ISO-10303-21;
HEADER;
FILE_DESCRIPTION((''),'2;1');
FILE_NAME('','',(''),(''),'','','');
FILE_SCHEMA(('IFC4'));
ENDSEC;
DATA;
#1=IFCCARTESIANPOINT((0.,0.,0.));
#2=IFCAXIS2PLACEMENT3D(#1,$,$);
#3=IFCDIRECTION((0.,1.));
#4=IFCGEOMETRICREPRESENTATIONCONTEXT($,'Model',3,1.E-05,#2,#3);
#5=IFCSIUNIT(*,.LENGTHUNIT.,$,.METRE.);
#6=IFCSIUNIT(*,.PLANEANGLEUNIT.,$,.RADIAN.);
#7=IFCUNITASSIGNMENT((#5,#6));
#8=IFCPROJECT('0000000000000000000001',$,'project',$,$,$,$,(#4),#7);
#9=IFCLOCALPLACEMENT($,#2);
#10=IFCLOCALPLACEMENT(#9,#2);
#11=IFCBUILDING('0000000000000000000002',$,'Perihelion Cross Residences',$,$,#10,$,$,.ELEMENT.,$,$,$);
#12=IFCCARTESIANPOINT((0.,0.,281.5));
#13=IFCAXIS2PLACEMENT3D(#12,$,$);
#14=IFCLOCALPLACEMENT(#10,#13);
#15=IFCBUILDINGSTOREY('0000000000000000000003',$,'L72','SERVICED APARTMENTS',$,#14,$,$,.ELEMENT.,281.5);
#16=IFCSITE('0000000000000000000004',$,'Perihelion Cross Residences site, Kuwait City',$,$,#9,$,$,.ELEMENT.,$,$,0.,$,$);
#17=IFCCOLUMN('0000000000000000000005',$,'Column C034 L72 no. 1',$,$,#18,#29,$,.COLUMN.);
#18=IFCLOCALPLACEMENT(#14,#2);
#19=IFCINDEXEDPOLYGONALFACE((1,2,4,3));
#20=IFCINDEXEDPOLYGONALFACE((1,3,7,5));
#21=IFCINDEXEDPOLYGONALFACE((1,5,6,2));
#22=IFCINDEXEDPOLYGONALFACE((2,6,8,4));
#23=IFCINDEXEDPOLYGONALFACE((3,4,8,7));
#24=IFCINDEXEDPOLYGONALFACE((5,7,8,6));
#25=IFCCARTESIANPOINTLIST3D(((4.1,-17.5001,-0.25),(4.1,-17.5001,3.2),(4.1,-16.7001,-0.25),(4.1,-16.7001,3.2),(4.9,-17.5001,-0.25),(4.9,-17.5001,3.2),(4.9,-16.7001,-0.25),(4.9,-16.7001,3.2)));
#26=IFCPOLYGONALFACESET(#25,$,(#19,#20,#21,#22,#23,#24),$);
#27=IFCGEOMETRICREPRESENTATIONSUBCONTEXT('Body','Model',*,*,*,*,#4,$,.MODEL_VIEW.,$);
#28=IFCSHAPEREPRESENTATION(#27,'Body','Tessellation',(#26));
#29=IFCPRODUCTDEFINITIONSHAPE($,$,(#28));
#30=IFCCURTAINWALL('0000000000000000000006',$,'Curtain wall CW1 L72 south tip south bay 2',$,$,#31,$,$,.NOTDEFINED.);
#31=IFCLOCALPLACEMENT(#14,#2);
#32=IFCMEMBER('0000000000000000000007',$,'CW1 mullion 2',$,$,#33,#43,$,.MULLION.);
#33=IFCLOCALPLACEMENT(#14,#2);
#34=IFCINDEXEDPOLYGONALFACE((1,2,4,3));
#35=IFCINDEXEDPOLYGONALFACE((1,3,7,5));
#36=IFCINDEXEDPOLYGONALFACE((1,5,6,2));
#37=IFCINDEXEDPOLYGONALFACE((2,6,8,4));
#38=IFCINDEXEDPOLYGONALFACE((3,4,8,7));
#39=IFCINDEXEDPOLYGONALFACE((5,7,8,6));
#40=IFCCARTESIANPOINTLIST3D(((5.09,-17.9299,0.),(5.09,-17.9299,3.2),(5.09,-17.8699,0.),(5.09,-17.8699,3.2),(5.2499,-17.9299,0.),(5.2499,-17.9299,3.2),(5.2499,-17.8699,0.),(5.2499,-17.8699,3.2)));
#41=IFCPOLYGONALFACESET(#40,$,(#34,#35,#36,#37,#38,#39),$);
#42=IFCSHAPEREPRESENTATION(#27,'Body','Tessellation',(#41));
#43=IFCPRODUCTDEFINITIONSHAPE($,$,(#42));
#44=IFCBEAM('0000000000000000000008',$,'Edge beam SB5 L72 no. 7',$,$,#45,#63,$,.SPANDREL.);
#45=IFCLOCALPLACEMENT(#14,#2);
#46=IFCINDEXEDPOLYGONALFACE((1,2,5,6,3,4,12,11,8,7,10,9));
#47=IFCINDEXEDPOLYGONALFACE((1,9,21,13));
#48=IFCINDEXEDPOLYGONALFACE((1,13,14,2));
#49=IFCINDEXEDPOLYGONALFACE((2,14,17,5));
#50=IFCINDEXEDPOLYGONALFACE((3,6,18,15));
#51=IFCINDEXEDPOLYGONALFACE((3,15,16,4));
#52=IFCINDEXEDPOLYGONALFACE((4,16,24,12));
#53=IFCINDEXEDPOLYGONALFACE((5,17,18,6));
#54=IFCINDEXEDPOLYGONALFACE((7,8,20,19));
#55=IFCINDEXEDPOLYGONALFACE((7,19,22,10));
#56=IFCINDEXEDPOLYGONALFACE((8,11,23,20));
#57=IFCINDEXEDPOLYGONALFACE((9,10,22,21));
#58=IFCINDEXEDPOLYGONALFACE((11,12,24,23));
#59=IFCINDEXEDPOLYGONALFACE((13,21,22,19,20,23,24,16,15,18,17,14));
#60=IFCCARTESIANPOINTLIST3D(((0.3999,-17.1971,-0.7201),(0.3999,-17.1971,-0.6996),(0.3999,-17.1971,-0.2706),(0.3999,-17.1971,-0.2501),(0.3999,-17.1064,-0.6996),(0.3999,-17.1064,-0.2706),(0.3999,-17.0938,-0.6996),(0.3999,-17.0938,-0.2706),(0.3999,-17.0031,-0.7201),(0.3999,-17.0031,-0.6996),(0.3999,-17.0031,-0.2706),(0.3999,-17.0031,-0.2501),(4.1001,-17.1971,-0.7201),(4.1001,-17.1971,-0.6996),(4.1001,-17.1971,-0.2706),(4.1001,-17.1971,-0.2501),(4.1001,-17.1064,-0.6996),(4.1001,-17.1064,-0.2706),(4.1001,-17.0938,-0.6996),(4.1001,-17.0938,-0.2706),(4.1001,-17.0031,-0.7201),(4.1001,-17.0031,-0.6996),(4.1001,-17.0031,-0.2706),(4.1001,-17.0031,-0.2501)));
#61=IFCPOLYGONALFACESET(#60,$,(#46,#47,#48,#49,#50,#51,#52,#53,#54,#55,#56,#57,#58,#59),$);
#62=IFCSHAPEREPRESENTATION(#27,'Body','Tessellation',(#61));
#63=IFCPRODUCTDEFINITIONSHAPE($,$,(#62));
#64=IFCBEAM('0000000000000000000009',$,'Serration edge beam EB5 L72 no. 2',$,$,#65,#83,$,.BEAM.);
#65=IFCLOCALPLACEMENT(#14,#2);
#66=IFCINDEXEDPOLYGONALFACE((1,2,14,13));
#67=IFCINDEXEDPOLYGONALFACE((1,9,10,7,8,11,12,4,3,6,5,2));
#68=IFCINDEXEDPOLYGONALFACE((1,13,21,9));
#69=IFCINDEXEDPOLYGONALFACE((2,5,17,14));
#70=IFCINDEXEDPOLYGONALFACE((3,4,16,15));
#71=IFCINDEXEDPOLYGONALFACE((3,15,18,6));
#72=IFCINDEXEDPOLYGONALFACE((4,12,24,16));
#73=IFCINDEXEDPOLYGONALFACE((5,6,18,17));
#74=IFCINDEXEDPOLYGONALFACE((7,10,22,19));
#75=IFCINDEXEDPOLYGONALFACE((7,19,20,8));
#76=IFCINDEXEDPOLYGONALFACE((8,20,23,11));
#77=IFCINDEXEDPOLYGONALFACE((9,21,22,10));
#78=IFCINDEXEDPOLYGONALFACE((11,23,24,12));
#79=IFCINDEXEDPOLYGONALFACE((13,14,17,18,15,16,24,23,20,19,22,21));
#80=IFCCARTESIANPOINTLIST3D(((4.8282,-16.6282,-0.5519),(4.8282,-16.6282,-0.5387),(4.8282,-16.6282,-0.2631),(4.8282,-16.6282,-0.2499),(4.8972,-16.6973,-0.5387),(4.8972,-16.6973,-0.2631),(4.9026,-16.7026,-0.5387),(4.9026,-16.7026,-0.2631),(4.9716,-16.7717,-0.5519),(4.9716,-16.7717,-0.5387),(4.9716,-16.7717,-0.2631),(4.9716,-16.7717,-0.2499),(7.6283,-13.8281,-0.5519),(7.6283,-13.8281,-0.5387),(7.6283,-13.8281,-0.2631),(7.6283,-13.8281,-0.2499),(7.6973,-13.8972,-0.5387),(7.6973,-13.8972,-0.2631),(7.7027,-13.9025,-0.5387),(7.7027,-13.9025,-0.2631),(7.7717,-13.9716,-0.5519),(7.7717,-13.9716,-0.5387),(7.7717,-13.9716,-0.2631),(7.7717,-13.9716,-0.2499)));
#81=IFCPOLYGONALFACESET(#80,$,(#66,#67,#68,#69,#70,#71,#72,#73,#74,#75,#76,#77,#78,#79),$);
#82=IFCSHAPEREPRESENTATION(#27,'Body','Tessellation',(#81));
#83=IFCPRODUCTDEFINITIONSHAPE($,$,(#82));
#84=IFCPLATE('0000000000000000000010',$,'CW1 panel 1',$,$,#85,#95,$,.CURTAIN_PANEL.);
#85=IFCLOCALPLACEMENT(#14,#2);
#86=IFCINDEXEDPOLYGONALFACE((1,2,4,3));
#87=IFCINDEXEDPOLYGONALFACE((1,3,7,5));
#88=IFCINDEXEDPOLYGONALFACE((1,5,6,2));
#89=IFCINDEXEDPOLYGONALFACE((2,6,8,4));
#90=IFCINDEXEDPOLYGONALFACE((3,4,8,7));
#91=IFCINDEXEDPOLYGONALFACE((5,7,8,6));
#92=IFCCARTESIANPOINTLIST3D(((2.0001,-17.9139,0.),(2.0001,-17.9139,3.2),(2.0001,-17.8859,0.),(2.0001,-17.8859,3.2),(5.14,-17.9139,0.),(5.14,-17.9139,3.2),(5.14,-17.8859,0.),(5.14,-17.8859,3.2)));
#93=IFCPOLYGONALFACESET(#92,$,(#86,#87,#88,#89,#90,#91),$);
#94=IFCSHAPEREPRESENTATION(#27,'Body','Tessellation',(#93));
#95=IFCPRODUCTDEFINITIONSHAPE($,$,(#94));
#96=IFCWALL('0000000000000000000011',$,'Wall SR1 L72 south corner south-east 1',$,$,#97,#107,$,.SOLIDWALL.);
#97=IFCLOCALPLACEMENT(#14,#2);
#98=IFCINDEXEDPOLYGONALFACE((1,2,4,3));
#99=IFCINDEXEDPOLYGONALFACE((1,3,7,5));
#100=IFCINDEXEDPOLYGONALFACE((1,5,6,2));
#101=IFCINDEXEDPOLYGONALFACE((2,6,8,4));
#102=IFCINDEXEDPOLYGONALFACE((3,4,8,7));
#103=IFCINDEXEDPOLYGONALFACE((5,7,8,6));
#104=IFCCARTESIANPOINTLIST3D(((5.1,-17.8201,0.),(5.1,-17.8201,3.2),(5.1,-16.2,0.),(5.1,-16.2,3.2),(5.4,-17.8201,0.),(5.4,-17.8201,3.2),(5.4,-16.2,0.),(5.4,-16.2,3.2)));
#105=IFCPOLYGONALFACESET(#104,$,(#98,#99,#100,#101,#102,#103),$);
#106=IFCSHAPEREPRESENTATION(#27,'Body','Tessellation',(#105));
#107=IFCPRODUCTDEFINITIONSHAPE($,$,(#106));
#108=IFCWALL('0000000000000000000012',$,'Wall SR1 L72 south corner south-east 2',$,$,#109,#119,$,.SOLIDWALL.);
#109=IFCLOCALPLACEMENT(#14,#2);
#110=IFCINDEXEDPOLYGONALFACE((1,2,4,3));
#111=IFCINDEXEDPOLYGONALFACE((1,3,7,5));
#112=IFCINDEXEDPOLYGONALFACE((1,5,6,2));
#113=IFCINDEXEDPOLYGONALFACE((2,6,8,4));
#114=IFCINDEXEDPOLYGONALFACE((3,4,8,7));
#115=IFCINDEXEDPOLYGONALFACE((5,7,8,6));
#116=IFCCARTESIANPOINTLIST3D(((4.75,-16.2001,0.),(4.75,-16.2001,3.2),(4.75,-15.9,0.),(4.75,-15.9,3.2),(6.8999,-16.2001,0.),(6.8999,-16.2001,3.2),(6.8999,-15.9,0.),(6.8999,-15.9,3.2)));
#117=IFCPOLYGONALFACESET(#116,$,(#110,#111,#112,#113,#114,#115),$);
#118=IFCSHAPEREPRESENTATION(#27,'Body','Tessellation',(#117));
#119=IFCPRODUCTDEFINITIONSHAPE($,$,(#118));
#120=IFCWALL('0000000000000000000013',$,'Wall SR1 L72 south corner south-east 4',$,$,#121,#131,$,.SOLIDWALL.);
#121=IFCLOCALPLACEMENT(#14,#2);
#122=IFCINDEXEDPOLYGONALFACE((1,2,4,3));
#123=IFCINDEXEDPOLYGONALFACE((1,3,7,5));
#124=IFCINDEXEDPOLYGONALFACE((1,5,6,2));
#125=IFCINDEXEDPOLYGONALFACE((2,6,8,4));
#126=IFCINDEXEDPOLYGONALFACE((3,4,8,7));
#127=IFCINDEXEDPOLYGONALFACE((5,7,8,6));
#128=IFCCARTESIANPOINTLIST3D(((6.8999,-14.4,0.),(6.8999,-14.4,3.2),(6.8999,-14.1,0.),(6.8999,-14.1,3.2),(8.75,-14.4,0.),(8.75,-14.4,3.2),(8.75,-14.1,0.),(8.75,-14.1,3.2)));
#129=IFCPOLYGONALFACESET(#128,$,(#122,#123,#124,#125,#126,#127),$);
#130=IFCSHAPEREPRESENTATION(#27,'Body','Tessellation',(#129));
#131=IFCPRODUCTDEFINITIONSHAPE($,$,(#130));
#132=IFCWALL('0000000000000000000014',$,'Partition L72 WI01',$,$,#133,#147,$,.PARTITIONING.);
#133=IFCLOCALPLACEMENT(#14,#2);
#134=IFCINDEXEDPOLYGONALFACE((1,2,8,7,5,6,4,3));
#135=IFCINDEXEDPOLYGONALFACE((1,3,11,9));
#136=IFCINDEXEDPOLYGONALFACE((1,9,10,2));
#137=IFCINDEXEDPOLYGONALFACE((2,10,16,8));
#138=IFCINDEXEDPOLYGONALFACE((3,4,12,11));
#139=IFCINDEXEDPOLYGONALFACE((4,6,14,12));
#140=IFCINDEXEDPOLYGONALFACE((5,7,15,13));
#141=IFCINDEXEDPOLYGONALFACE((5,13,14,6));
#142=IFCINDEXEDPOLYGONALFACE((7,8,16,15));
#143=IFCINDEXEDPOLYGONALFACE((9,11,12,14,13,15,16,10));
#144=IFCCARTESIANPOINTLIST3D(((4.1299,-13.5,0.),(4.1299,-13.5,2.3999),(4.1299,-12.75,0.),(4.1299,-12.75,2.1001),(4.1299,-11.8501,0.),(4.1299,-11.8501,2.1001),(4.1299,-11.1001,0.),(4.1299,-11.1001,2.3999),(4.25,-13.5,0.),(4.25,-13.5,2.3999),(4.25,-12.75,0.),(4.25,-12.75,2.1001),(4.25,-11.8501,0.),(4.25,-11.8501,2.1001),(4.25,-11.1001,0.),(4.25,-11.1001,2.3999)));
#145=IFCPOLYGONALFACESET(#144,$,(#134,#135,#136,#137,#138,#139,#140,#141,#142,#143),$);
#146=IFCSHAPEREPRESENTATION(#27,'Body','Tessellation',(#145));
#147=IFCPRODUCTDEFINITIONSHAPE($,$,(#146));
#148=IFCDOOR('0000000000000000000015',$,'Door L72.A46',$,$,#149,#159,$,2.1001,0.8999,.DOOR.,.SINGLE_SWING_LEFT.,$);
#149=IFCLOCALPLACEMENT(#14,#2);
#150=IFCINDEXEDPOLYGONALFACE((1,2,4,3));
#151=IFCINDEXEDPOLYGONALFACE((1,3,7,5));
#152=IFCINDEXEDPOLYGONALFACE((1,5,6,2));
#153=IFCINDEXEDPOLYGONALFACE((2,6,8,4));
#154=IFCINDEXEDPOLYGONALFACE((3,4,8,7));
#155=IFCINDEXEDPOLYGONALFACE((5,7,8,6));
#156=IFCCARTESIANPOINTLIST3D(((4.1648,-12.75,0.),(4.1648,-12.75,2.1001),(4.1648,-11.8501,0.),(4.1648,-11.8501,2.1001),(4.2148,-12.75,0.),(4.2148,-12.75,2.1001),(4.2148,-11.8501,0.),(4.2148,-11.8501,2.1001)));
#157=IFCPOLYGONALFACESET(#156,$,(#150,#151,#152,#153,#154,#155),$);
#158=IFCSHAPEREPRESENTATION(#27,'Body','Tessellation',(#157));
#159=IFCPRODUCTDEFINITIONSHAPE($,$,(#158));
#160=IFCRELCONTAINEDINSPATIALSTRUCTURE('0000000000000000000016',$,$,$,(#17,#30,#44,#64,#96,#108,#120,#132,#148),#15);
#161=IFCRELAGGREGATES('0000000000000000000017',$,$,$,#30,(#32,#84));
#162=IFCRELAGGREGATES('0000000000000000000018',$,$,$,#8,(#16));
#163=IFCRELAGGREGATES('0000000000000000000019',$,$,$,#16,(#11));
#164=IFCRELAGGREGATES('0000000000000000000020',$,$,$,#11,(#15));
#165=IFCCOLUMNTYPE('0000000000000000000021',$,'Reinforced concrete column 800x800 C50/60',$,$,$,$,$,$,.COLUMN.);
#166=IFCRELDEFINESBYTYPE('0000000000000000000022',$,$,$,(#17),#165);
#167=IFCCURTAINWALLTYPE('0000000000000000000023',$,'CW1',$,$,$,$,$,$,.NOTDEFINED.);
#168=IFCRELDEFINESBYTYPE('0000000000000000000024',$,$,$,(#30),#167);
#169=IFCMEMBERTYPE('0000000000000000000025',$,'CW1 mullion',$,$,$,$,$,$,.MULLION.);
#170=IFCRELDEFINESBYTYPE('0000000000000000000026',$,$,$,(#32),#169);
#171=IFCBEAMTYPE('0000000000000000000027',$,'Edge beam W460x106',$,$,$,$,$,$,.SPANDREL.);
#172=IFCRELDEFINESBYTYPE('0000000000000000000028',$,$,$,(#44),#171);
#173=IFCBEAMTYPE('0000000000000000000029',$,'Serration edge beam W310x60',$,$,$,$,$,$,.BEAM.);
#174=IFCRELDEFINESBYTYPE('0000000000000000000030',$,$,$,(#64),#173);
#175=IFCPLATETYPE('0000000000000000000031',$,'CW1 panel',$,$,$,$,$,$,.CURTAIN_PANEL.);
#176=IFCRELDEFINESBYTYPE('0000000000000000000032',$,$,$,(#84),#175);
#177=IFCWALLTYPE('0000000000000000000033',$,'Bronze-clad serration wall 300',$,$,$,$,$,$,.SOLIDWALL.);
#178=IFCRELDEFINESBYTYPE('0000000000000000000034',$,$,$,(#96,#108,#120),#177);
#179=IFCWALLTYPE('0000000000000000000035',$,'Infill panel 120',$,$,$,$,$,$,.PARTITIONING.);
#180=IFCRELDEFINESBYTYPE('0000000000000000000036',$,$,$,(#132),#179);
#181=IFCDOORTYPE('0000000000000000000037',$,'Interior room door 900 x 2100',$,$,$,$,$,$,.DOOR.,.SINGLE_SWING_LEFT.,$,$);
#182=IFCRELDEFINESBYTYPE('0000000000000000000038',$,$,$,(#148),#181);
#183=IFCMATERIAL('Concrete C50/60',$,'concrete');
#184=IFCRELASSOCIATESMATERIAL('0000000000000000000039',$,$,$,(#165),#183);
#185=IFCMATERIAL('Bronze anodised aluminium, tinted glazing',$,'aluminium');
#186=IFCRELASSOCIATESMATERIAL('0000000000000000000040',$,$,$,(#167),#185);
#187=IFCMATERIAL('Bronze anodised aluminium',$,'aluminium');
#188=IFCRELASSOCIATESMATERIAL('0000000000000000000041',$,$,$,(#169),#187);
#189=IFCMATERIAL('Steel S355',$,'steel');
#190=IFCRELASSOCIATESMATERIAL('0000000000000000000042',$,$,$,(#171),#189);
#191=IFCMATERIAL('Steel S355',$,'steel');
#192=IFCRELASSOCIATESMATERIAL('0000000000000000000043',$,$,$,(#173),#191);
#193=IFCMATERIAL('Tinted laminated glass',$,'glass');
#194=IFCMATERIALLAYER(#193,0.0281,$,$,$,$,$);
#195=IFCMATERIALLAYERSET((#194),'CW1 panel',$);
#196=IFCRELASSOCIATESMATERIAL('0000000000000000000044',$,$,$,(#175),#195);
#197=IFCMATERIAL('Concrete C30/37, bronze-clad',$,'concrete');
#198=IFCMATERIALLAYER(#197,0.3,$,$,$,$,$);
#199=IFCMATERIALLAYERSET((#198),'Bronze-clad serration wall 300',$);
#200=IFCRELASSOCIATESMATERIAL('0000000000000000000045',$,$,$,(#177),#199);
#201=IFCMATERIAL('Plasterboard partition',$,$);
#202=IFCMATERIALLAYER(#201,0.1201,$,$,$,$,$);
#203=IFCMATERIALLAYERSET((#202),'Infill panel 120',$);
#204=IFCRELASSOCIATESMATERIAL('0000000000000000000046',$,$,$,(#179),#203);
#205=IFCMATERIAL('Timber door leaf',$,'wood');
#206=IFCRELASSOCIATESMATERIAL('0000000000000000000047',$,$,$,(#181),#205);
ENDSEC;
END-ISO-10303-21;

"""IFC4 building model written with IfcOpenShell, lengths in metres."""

from ifc_helpers import new_model, si_unit, direction, frame, frame_2d, origin, origin_2d, place, context, subcontext, project, spatial, rectangle, i_section, extrude, material, layer, layer_set, material_profile, profile_set, type_object, element, fill, aggregate, save


model = new_model("IFC4")

# Units and contexts
model_context = context("Model", 3, precision=1e-05, world=origin(), true_north=direction((0.0, 1.0)))
body_context = subcontext(model_context, "Body", "Model", "MODEL_VIEW")
ifc_project = project(units=[si_unit("LENGTHUNIT", "METRE"), si_unit("PLANEANGLEUNIT", "RADIAN")], contexts=[model_context])

# Site, building, storey
site_placement = place(None, origin())
site = spatial("IfcSite", under=ifc_project, at=site_placement, Name="Perihelion Cross Residences site, Kuwait City", CompositionType="ELEMENT", RefElevation=0.0)
building_placement = place(site_placement, origin())
building = spatial("IfcBuilding", under=site, at=building_placement, Name="Perihelion Cross Residences", CompositionType="ELEMENT")
storey_placement = place(building_placement, frame((0.0, 0.0, 281.5)))
storey = spatial("IfcBuildingStorey", under=building, at=storey_placement, Name="L72", Description="SERVICED APARTMENTS", CompositionType="ELEMENT", Elevation=281.5)

# Column
ifc_material_1 = material(Name="Concrete C50/60", Category="concrete")
ifc_material_profile_1 = material_profile(ifc_material_1, rectangle(XDim=0.8, YDim=0.8, at=origin_2d()), Name="RC 800x800")
ifc_profile_set_1 = profile_set([ifc_material_profile_1], Name="Concrete C50/60")
column_type = type_object("IfcColumnType", Name="Reinforced concrete column 800x800 C50/60", PredefinedType="COLUMN", material=ifc_profile_set_1)
column_placement = place(storey_placement, frame((4.5, -17.1001, -0.25), z_axis=(0.0, 0.0, 1.0), x_axis=(1.0, 0.0, 0.0)))
element("IfcColumn", 1, at=column_placement, inside=storey, type_object=column_type, Name="Column C034 L72 no. 1", PredefinedType="COLUMN", context=body_context, shape_type="SweptSolid", body=[
    extrude(rectangle(XDim=0.8, YDim=0.8, at=origin_2d()), origin(), (0.0, 0.0, 1.0), 3.45),
])

# Curtain wall, member
ifc_material_2 = material(Name="Bronze anodised aluminium, tinted glazing", Category="aluminium")
curtain_wall_type = type_object("IfcCurtainWallType", Name="CW1", PredefinedType="NOTDEFINED", material=ifc_material_2)
curtain_wall_placement = place(storey_placement, origin())
curtain_wall = element("IfcCurtainWall", 2, at=curtain_wall_placement, inside=storey, type_object=curtain_wall_type, Name="Curtain wall CW1 L72 south tip south bay 2", PredefinedType="NOTDEFINED")
ifc_material_3 = material(Name="Bronze anodised aluminium", Category="aluminium")
ifc_material_profile_2 = material_profile(ifc_material_3, rectangle(XDim=0.0601, YDim=0.1599, at=origin_2d()), Name="CW1 mullion")
ifc_profile_set_2 = profile_set([ifc_material_profile_2], Name="Bronze anodised aluminium")
member_type = type_object("IfcMemberType", Name="CW1 mullion", PredefinedType="MULLION", material=ifc_profile_set_2)
member_placement = place(storey_placement, frame((5.1699, -17.8999, 0.0), z_axis=(0.0, 0.0, 1.0), x_axis=(0.0, 1.0, 0.0)))
member = element("IfcMember", 3, at=member_placement, type_object=member_type, Name="CW1 mullion 2", PredefinedType="MULLION", context=body_context, shape_type="SweptSolid", body=[
    extrude(rectangle(XDim=0.0601, YDim=0.1599, at=origin_2d()), origin(), (0.0, 0.0, 1.0), 3.2),
])

# Beams
ifc_material_4 = material(Name="Steel S355", Category="steel")
ifc_material_profile_3 = material_profile(ifc_material_4, i_section(OverallWidth=0.1941, OverallDepth=0.47, WebThickness=0.0127, FlangeThickness=0.0205, at=origin_2d()), Name="W460x106")
ifc_profile_set_3 = profile_set([ifc_material_profile_3], Name="Steel S355")
beam_type_1 = type_object("IfcBeamType", Name="Edge beam W460x106", PredefinedType="SPANDREL", material=ifc_profile_set_3)
beam_1_placement = place(storey_placement, frame((0.3999, -17.1001, -0.4851), z_axis=(1.0, 0.0, 0.0), x_axis=(0.0, 1.0, 0.0)))
element("IfcBeam", 4, at=beam_1_placement, inside=storey, type_object=beam_type_1, Name="Edge beam SB5 L72 no. 7", PredefinedType="SPANDREL", context=body_context, shape_type="SweptSolid", body=[
    extrude(i_section(OverallWidth=0.1941, OverallDepth=0.47, WebThickness=0.0127, FlangeThickness=0.0205, at=origin_2d()), origin(), (0.0, 0.0, 1.0), 3.7002),
])
ifc_material_5 = material(Name="Steel S355", Category="steel")
ifc_material_profile_4 = material_profile(ifc_material_5, i_section(OverallWidth=0.2029, OverallDepth=0.302, WebThickness=0.0076, FlangeThickness=0.0132, at=origin_2d()), Name="W310x60")
ifc_profile_set_4 = profile_set([ifc_material_profile_4], Name="Steel S355")
beam_type_2 = type_object("IfcBeamType", Name="Serration edge beam W310x60", PredefinedType="BEAM", material=ifc_profile_set_4)
beam_2_placement = place(storey_placement, frame((4.8999, -16.7, -0.4009), z_axis=(0.707107, 0.707107, 0.0), x_axis=(-0.707107, 0.707107, 0.0)))
element("IfcBeam", 5, at=beam_2_placement, inside=storey, type_object=beam_type_2, Name="Serration edge beam EB5 L72 no. 2", PredefinedType="BEAM", context=body_context, shape_type="SweptSolid", body=[
    extrude(i_section(OverallWidth=0.2029, OverallDepth=0.302, WebThickness=0.0076, FlangeThickness=0.0132, at=origin_2d()), origin(), (0.0, 0.0, 1.0), 3.96),
])

# Plate
ifc_material_6 = material(Name="Tinted laminated glass", Category="glass")
ifc_layer_1 = layer(ifc_material_6, 0.0281)
ifc_layer_set_1 = layer_set([ifc_layer_1], Name="CW1 panel")
plate_type = type_object("IfcPlateType", Name="CW1 panel", PredefinedType="CURTAIN_PANEL", material=ifc_layer_set_1)
plate_placement = place(storey_placement, frame((3.5701, -17.8999, 0.0), z_axis=(0.0, 0.0, 1.0), x_axis=(1.0, 0.0, 0.0)))
plate = element("IfcPlate", 6, at=plate_placement, type_object=plate_type, Name="CW1 panel 1", PredefinedType="CURTAIN_PANEL", context=body_context, shape_type="SweptSolid", body=[
    extrude(rectangle(XDim=3.1399, YDim=0.0281, at=origin_2d()), origin(), (0.0, 0.0, 1.0), 3.2),
])
aggregate(curtain_wall, [member, plate])

# Walls
ifc_material_7 = material(Name="Concrete C30/37, bronze-clad", Category="concrete")
ifc_layer_2 = layer(ifc_material_7, 0.3)
ifc_layer_set_2 = layer_set([ifc_layer_2], Name="Bronze-clad serration wall 300")
wall_type_1 = type_object("IfcWallType", Name="Bronze-clad serration wall 300", PredefinedType="SOLIDWALL", material=ifc_layer_set_2)
wall_1_placement = place(storey_placement, frame((5.25, -17.8201, 0.0), z_axis=(0.0, 0.0, 1.0), x_axis=(0.0, 1.0, 0.0)))
element("IfcWall", 7, at=wall_1_placement, inside=storey, type_object=wall_type_1, Name="Wall SR1 L72 south corner south-east 1", PredefinedType="SOLIDWALL", context=body_context, shape_type="SweptSolid", body=[
    extrude(rectangle(XDim=1.6201, YDim=0.3, at=frame_2d((0.8101, 0.0))), origin(), (0.0, 0.0, 1.0), 3.2),
])
wall_2_placement = place(storey_placement, frame((4.75, -16.05, 0.0), z_axis=(0.0, 0.0, 1.0), x_axis=(1.0, 0.0, 0.0)))
element("IfcWall", 8, at=wall_2_placement, inside=storey, type_object=wall_type_1, Name="Wall SR1 L72 south corner south-east 2", PredefinedType="SOLIDWALL", context=body_context, shape_type="SweptSolid", body=[
    extrude(rectangle(XDim=2.1499, YDim=0.3, at=frame_2d((1.075, 0.0))), origin(), (0.0, 0.0, 1.0), 3.2),
])
wall_3_placement = place(storey_placement, frame((6.8999, -14.25, 0.0), z_axis=(0.0, 0.0, 1.0), x_axis=(1.0, 0.0, 0.0)))
element("IfcWall", 9, at=wall_3_placement, inside=storey, type_object=wall_type_1, Name="Wall SR1 L72 south corner south-east 4", PredefinedType="SOLIDWALL", context=body_context, shape_type="SweptSolid", body=[
    extrude(rectangle(XDim=1.8501, YDim=0.3, at=frame_2d((0.925, 0.0))), origin(), (0.0, 0.0, 1.0), 3.2),
])

# Wall, opening, door
ifc_material_8 = material(Name="Plasterboard partition")
ifc_layer_3 = layer(ifc_material_8, 0.1201)
ifc_layer_set_3 = layer_set([ifc_layer_3], Name="Infill panel 120")
wall_type_2 = type_object("IfcWallType", Name="Infill panel 120", PredefinedType="PARTITIONING", material=ifc_layer_set_3)
wall_4_placement = place(storey_placement, frame((4.1899, -11.1001, 0.0), z_axis=(0.0, 0.0, 1.0), x_axis=(0.0, -1.0, 0.0)))
wall_4 = element("IfcWall", 10, at=wall_4_placement, inside=storey, type_object=wall_type_2, Name="Partition L72 WI01", PredefinedType="PARTITIONING", context=body_context, shape_type="SweptSolid", body=[
    extrude(rectangle(XDim=2.3999, YDim=0.1201, at=frame_2d((1.2, 0.0))), origin(), (0.0, 0.0, 1.0), 2.3999),
])
opening_1_placement = place(wall_4_placement, frame((0.75, 0.0, 0.0)))
opening_1 = element("IfcOpeningElement", 11, at=opening_1_placement, cuts=wall_4, PredefinedType="OPENING", context=body_context, shape_type="SweptSolid", body=[
    extrude(rectangle(XDim=0.8999, YDim=2.1001, at=frame_2d((0.45, 1.05))), frame((0.0, 0.0701, 0.0), z_axis=(0.0, -1.0, 0.0), x_axis=(1.0, 0.0, 0.0)), (0.0, 0.0, 1.0), 0.1401),
])
ifc_material_9 = material(Name="Timber door leaf", Category="wood")
door_type_1 = type_object("IfcDoorType", Name="Interior room door 900 x 2100", OperationType="SINGLE_SWING_LEFT", PredefinedType="DOOR", material=ifc_material_9)
door_1_placement = place(opening_1_placement, origin())
door_1 = element("IfcDoor", 12, at=door_1_placement, inside=storey, type_object=door_type_1, Name="Door L72.A46", OperationType="SINGLE_SWING_LEFT", OverallHeight=2.1001, OverallWidth=0.8999, PredefinedType="DOOR", context=body_context, shape_type="SweptSolid", body=[
    extrude(rectangle(XDim=0.8999, YDim=2.1001, at=frame_2d((0.45, 1.05))), frame((0.0, 0.0249, 0.0), z_axis=(0.0, -1.0, 0.0), x_axis=(1.0, 0.0, 0.0)), (0.0, 0.0, 1.0), 0.05),
])
fill(opening_1, door_1)

save(model, "model.ifc")
